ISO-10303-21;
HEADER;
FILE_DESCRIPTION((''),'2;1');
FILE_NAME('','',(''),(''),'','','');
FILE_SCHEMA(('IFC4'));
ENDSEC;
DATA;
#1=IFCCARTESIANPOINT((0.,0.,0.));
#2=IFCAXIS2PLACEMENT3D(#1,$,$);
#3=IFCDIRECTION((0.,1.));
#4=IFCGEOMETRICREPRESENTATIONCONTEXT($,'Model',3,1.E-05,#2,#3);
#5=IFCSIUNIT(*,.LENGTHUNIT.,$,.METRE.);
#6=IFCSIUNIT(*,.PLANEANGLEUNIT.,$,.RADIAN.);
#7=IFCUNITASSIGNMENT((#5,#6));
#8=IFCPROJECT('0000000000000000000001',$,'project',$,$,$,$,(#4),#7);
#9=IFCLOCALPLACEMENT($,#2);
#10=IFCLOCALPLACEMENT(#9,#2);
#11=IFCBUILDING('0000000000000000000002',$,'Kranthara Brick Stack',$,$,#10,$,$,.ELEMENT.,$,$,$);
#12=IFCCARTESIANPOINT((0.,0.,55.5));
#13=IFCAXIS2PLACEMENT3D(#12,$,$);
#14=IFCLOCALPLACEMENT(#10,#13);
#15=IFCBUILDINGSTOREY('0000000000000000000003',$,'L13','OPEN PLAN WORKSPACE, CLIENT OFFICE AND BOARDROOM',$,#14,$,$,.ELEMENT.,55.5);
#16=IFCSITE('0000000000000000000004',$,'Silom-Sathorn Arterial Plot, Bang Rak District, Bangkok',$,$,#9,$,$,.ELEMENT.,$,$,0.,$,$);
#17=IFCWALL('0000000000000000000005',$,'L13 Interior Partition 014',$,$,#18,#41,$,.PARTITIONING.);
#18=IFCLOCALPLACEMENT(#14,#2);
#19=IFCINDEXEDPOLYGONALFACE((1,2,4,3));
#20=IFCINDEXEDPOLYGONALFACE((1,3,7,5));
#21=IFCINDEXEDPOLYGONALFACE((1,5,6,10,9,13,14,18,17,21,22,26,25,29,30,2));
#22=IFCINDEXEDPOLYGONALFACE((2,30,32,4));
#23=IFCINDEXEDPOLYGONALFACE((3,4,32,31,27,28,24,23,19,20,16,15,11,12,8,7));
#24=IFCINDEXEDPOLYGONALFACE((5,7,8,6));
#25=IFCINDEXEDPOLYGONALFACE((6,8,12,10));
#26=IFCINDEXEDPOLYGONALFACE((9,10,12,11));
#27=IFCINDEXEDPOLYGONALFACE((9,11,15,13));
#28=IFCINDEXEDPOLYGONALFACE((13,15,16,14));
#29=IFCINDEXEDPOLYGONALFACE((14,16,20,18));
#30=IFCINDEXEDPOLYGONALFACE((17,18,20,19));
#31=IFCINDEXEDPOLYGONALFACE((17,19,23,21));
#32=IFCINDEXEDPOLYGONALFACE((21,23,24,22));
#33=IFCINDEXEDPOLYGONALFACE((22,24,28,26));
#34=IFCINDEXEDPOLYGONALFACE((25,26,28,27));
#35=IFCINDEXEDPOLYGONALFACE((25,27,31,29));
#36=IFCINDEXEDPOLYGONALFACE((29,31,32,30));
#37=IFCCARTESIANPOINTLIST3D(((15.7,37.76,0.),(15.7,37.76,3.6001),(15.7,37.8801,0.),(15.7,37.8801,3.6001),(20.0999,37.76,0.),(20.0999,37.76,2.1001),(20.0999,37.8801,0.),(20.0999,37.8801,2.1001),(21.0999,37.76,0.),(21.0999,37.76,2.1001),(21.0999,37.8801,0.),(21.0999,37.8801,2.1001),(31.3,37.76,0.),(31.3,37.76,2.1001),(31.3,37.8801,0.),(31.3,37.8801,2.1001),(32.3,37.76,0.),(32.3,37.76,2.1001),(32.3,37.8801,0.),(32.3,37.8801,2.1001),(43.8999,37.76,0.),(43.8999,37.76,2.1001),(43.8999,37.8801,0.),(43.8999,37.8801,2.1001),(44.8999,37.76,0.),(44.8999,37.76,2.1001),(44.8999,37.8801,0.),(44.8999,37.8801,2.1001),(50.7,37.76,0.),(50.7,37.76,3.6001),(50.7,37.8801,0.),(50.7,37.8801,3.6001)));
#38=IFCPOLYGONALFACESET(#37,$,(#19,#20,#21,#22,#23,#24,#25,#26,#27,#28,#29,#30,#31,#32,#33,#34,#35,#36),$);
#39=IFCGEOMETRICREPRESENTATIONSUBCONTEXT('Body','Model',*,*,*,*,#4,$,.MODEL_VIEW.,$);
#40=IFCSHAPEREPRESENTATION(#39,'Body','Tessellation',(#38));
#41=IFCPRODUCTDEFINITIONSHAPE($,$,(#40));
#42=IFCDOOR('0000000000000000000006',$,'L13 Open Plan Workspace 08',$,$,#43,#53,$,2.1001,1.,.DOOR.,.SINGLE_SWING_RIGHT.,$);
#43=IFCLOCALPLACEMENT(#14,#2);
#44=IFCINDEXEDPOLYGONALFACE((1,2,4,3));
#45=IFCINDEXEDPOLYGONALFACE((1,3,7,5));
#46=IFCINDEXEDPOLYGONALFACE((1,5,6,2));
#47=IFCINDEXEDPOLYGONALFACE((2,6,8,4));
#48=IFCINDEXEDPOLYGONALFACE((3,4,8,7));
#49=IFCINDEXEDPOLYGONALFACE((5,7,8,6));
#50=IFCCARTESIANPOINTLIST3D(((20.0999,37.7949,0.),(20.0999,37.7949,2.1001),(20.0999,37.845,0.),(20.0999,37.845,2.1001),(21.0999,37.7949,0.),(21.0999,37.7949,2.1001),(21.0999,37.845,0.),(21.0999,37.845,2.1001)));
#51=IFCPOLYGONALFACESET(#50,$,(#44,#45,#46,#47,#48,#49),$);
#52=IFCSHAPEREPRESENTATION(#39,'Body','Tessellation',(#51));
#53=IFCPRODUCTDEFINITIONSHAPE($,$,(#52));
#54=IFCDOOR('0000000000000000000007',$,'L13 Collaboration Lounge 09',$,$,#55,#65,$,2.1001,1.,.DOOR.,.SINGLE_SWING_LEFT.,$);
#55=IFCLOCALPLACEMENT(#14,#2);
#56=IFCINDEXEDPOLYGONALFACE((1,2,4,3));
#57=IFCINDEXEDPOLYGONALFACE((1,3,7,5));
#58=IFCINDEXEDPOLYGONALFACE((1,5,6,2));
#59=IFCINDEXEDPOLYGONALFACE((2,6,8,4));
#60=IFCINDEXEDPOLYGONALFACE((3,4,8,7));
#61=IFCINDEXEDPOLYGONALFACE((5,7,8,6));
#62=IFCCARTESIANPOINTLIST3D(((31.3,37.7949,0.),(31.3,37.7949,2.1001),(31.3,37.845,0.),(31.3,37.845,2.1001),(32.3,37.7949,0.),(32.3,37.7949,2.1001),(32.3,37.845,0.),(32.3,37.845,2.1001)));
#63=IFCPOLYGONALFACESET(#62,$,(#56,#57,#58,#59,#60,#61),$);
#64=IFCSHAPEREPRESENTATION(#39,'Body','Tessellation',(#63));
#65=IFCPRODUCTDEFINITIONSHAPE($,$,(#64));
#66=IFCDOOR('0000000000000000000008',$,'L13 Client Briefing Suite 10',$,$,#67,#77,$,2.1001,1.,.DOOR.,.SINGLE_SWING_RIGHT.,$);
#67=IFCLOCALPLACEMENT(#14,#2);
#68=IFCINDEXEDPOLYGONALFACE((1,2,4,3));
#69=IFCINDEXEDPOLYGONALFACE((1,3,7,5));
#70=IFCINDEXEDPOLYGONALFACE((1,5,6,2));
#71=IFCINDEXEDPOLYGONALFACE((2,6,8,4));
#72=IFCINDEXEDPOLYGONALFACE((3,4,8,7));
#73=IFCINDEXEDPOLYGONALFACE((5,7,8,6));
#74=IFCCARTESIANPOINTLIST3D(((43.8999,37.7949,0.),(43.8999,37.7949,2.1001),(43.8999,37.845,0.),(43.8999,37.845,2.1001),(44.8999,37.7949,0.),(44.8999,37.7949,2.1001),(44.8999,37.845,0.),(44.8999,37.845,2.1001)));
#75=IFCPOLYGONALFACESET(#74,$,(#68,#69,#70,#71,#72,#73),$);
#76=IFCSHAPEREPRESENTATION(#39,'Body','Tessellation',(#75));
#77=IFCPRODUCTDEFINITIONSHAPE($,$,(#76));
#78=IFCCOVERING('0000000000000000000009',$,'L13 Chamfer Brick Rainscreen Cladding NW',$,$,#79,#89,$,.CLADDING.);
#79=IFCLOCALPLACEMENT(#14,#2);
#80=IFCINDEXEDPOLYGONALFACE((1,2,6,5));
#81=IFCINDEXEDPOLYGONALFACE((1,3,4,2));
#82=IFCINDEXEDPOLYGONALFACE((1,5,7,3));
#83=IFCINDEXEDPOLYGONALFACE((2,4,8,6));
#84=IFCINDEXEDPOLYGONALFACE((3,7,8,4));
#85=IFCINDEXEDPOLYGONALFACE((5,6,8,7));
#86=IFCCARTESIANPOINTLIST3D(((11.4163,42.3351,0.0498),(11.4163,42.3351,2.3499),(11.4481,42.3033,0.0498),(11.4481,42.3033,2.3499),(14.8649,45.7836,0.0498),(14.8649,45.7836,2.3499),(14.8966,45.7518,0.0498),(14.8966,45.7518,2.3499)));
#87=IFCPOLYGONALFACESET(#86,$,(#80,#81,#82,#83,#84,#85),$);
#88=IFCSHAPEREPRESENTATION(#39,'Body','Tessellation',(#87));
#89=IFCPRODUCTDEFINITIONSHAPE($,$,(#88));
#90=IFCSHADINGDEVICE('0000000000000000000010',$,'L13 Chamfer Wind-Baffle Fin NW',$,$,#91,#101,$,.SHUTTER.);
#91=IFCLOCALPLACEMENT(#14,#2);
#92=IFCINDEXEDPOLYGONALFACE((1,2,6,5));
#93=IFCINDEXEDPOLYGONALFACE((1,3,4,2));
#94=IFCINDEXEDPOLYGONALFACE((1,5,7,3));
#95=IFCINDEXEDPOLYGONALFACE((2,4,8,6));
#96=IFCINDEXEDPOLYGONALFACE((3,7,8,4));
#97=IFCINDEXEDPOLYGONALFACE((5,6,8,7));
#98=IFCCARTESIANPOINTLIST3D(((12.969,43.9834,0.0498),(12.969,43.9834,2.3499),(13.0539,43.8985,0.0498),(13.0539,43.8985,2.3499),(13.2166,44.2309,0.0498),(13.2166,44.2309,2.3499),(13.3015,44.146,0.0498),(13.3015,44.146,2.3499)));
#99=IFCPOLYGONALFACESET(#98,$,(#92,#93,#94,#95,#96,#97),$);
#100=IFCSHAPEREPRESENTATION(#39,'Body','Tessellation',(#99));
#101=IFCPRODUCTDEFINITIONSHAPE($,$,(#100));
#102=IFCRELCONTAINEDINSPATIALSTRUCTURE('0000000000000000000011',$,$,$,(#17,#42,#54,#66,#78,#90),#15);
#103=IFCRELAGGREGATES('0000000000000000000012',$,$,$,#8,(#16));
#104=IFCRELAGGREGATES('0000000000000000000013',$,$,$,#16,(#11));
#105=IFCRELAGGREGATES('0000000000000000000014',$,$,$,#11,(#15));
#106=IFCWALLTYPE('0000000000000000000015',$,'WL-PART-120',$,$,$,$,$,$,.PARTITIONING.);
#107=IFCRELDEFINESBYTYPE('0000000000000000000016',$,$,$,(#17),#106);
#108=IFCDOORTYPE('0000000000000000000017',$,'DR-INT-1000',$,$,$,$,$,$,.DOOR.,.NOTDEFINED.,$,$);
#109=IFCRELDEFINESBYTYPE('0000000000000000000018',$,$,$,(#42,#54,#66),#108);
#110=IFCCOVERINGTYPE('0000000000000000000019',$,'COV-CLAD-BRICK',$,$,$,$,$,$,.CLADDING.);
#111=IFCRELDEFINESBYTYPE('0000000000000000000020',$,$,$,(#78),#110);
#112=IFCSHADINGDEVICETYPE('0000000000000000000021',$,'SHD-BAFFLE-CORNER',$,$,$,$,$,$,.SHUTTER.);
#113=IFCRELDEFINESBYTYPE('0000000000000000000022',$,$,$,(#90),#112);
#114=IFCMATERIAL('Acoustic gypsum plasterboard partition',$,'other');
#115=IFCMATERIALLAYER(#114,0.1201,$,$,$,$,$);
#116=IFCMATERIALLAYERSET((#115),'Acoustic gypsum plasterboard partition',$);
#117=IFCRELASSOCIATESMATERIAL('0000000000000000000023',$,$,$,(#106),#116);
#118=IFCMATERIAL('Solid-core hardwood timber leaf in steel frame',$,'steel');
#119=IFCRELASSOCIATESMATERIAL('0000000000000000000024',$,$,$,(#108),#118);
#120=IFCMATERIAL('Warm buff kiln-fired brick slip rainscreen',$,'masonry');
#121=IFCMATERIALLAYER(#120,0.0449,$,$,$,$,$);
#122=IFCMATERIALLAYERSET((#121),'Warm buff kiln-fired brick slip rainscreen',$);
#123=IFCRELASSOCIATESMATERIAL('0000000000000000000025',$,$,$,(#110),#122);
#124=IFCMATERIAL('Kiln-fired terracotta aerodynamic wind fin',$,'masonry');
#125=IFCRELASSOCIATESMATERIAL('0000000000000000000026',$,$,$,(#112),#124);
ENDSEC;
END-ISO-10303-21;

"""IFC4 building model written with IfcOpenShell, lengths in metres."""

from ifc_helpers import new_model, si_unit, direction, frame, frame_2d, origin, origin_2d, place, context, subcontext, project, spatial, rectangle, extrude, material, layer, layer_set, type_object, element, fill, save


model = new_model("IFC4")

# Units and contexts
model_context = context("Model", 3, precision=1e-05, world=origin(), true_north=direction((0.0, 1.0)))
body_context = subcontext(model_context, "Body", "Model", "MODEL_VIEW")
ifc_project = project(units=[si_unit("LENGTHUNIT", "METRE"), si_unit("PLANEANGLEUNIT", "RADIAN")], contexts=[model_context])

# Site, building, storey
site_placement = place(None, origin())
site = spatial("IfcSite", under=ifc_project, at=site_placement, Name="Silom-Sathorn Arterial Plot, Bang Rak District, Bangkok", CompositionType="ELEMENT", RefElevation=0.0)
building_placement = place(site_placement, origin())
building = spatial("IfcBuilding", under=site, at=building_placement, Name="Kranthara Brick Stack", CompositionType="ELEMENT")
storey_placement = place(building_placement, frame((0.0, 0.0, 55.5)))
storey = spatial("IfcBuildingStorey", under=building, at=storey_placement, Name="L13", Description="OPEN PLAN WORKSPACE, CLIENT OFFICE AND BOARDROOM", CompositionType="ELEMENT", Elevation=55.5)

# Shared definitions
ifc_material_1 = material(Name="Acoustic gypsum plasterboard partition", Category="other")
ifc_layer_1 = layer(ifc_material_1, 0.1201)
ifc_layer_set_1 = layer_set([ifc_layer_1], Name="Acoustic gypsum plasterboard partition")
wall_type_1 = type_object("IfcWallType", Name="WL-PART-120", PredefinedType="PARTITIONING", material=ifc_layer_set_1)

# Wall, openings, doors
wall_1_placement = place(storey_placement, frame((15.7, 37.8201, 0.0), z_axis=(0.0, 0.0, 1.0), x_axis=(1.0, 0.0, 0.0)))
wall_1 = element("IfcWall", 1, at=wall_1_placement, inside=storey, type_object=wall_type_1, Name="L13 Interior Partition 014", PredefinedType="PARTITIONING", context=body_context, shape_type="SweptSolid", body=[
    extrude(rectangle(XDim=35.0, YDim=0.1201, at=frame_2d((17.5, 0.0))), origin(), (0.0, 0.0, 1.0), 3.6001),
])
opening_1_placement = place(wall_1_placement, frame((4.3999, 0.0, 0.0)))
opening_1 = element("IfcOpeningElement", 2, at=opening_1_placement, cuts=wall_1, PredefinedType="OPENING", context=body_context, shape_type="SweptSolid", body=[
    extrude(rectangle(XDim=1.0, YDim=2.1001, at=frame_2d((0.5, 1.05))), frame((0.0, 0.0701, 0.0), z_axis=(0.0, -1.0, 0.0), x_axis=(1.0, 0.0, 0.0)), (0.0, 0.0, 1.0), 0.1401),
])
opening_2_placement = place(wall_1_placement, frame((15.6001, 0.0, 0.0)))
opening_2 = element("IfcOpeningElement", 3, at=opening_2_placement, cuts=wall_1, PredefinedType="OPENING", context=body_context, shape_type="SweptSolid", body=[
    extrude(rectangle(XDim=1.0, YDim=2.1001, at=frame_2d((0.5, 1.05))), frame((0.0, 0.0701, 0.0), z_axis=(0.0, -1.0, 0.0), x_axis=(1.0, 0.0, 0.0)), (0.0, 0.0, 1.0), 0.1401),
])
opening_3_placement = place(wall_1_placement, frame((28.2, 0.0, 0.0)))
opening_3 = element("IfcOpeningElement", 4, at=opening_3_placement, cuts=wall_1, PredefinedType="OPENING", context=body_context, shape_type="SweptSolid", body=[
    extrude(rectangle(XDim=1.0, YDim=2.1001, at=frame_2d((0.5, 1.05))), frame((0.0, 0.0701, 0.0), z_axis=(0.0, -1.0, 0.0), x_axis=(1.0, 0.0, 0.0)), (0.0, 0.0, 1.0), 0.1401),
])
ifc_material_2 = material(Name="Solid-core hardwood timber leaf in steel frame", Category="steel")
door_type_1 = type_object("IfcDoorType", Name="DR-INT-1000", OperationType="NOTDEFINED", PredefinedType="DOOR", material=ifc_material_2)
door_1_placement = place(opening_1_placement, origin())
door_1 = element("IfcDoor", 5, at=door_1_placement, inside=storey, type_object=door_type_1, Name="L13 Open Plan Workspace 08", OperationType="SINGLE_SWING_RIGHT", OverallHeight=2.1001, OverallWidth=1.0, PredefinedType="DOOR", context=body_context, shape_type="SweptSolid", body=[
    extrude(rectangle(XDim=1.0, YDim=2.1001, at=frame_2d((0.5, 1.05))), frame((0.0, 0.0249, 0.0), z_axis=(0.0, -1.0, 0.0), x_axis=(1.0, 0.0, 0.0)), (0.0, 0.0, 1.0), 0.05),
])
fill(opening_1, door_1)
door_2_placement = place(opening_2_placement, origin())
door_2 = element("IfcDoor", 6, at=door_2_placement, inside=storey, type_object=door_type_1, Name="L13 Collaboration Lounge 09", OperationType="SINGLE_SWING_LEFT", OverallHeight=2.1001, OverallWidth=1.0, PredefinedType="DOOR", context=body_context, shape_type="SweptSolid", body=[
    extrude(rectangle(XDim=1.0, YDim=2.1001, at=frame_2d((0.5, 1.05))), frame((0.0, 0.0249, 0.0), z_axis=(0.0, -1.0, 0.0), x_axis=(1.0, 0.0, 0.0)), (0.0, 0.0, 1.0), 0.05),
])
fill(opening_2, door_2)
door_3_placement = place(opening_3_placement, origin())
door_3 = element("IfcDoor", 7, at=door_3_placement, inside=storey, type_object=door_type_1, Name="L13 Client Briefing Suite 10", OperationType="SINGLE_SWING_RIGHT", OverallHeight=2.1001, OverallWidth=1.0, PredefinedType="DOOR", context=body_context, shape_type="SweptSolid", body=[
    extrude(rectangle(XDim=1.0, YDim=2.1001, at=frame_2d((0.5, 1.05))), frame((0.0, 0.0249, 0.0), z_axis=(0.0, -1.0, 0.0), x_axis=(1.0, 0.0, 0.0)), (0.0, 0.0, 1.0), 0.05),
])
fill(opening_3, door_3)

# Covering
ifc_material_3 = material(Name="Warm buff kiln-fired brick slip rainscreen", Category="masonry")
ifc_layer_2 = layer(ifc_material_3, 0.0449)
ifc_layer_set_2 = layer_set([ifc_layer_2], Name="Warm buff kiln-fired brick slip rainscreen")
covering_type = type_object("IfcCoveringType", Name="COV-CLAD-BRICK", PredefinedType="CLADDING", material=ifc_layer_set_2)
covering_placement = place(storey_placement, frame((13.1565, 44.0435, 0.0498), z_axis=(0.0, 0.0, 1.0), x_axis=(0.707107, 0.707107, 0.0)))
element("IfcCovering", 8, at=covering_placement, inside=storey, type_object=covering_type, Name="L13 Chamfer Brick Rainscreen Cladding NW", PredefinedType="CLADDING", context=body_context, shape_type="SweptSolid", body=[
    extrude(rectangle(XDim=4.877, YDim=0.0449, at=origin_2d()), origin(), (0.0, 0.0, 1.0), 2.3),
])

# Shading device
ifc_material_4 = material(Name="Kiln-fired terracotta aerodynamic wind fin", Category="masonry")
shading_device_type = type_object("IfcShadingDeviceType", Name="SHD-BAFFLE-CORNER", PredefinedType="SHUTTER", material=ifc_material_4)
shading_device_placement = place(storey_placement, frame((13.1353, 44.0647, 0.0498), z_axis=(0.0, 0.0, 1.0), x_axis=(0.707107, 0.707107, 0.0)))
element("IfcShadingDevice", 9, at=shading_device_placement, inside=storey, type_object=shading_device_type, Name="L13 Chamfer Wind-Baffle Fin NW", PredefinedType="SHUTTER", context=body_context, shape_type="SweptSolid", body=[
    extrude(rectangle(XDim=0.3501, YDim=0.1201, at=origin_2d()), origin(), (0.0, 0.0, 1.0), 2.3),
])

save(model, "model.ifc")
